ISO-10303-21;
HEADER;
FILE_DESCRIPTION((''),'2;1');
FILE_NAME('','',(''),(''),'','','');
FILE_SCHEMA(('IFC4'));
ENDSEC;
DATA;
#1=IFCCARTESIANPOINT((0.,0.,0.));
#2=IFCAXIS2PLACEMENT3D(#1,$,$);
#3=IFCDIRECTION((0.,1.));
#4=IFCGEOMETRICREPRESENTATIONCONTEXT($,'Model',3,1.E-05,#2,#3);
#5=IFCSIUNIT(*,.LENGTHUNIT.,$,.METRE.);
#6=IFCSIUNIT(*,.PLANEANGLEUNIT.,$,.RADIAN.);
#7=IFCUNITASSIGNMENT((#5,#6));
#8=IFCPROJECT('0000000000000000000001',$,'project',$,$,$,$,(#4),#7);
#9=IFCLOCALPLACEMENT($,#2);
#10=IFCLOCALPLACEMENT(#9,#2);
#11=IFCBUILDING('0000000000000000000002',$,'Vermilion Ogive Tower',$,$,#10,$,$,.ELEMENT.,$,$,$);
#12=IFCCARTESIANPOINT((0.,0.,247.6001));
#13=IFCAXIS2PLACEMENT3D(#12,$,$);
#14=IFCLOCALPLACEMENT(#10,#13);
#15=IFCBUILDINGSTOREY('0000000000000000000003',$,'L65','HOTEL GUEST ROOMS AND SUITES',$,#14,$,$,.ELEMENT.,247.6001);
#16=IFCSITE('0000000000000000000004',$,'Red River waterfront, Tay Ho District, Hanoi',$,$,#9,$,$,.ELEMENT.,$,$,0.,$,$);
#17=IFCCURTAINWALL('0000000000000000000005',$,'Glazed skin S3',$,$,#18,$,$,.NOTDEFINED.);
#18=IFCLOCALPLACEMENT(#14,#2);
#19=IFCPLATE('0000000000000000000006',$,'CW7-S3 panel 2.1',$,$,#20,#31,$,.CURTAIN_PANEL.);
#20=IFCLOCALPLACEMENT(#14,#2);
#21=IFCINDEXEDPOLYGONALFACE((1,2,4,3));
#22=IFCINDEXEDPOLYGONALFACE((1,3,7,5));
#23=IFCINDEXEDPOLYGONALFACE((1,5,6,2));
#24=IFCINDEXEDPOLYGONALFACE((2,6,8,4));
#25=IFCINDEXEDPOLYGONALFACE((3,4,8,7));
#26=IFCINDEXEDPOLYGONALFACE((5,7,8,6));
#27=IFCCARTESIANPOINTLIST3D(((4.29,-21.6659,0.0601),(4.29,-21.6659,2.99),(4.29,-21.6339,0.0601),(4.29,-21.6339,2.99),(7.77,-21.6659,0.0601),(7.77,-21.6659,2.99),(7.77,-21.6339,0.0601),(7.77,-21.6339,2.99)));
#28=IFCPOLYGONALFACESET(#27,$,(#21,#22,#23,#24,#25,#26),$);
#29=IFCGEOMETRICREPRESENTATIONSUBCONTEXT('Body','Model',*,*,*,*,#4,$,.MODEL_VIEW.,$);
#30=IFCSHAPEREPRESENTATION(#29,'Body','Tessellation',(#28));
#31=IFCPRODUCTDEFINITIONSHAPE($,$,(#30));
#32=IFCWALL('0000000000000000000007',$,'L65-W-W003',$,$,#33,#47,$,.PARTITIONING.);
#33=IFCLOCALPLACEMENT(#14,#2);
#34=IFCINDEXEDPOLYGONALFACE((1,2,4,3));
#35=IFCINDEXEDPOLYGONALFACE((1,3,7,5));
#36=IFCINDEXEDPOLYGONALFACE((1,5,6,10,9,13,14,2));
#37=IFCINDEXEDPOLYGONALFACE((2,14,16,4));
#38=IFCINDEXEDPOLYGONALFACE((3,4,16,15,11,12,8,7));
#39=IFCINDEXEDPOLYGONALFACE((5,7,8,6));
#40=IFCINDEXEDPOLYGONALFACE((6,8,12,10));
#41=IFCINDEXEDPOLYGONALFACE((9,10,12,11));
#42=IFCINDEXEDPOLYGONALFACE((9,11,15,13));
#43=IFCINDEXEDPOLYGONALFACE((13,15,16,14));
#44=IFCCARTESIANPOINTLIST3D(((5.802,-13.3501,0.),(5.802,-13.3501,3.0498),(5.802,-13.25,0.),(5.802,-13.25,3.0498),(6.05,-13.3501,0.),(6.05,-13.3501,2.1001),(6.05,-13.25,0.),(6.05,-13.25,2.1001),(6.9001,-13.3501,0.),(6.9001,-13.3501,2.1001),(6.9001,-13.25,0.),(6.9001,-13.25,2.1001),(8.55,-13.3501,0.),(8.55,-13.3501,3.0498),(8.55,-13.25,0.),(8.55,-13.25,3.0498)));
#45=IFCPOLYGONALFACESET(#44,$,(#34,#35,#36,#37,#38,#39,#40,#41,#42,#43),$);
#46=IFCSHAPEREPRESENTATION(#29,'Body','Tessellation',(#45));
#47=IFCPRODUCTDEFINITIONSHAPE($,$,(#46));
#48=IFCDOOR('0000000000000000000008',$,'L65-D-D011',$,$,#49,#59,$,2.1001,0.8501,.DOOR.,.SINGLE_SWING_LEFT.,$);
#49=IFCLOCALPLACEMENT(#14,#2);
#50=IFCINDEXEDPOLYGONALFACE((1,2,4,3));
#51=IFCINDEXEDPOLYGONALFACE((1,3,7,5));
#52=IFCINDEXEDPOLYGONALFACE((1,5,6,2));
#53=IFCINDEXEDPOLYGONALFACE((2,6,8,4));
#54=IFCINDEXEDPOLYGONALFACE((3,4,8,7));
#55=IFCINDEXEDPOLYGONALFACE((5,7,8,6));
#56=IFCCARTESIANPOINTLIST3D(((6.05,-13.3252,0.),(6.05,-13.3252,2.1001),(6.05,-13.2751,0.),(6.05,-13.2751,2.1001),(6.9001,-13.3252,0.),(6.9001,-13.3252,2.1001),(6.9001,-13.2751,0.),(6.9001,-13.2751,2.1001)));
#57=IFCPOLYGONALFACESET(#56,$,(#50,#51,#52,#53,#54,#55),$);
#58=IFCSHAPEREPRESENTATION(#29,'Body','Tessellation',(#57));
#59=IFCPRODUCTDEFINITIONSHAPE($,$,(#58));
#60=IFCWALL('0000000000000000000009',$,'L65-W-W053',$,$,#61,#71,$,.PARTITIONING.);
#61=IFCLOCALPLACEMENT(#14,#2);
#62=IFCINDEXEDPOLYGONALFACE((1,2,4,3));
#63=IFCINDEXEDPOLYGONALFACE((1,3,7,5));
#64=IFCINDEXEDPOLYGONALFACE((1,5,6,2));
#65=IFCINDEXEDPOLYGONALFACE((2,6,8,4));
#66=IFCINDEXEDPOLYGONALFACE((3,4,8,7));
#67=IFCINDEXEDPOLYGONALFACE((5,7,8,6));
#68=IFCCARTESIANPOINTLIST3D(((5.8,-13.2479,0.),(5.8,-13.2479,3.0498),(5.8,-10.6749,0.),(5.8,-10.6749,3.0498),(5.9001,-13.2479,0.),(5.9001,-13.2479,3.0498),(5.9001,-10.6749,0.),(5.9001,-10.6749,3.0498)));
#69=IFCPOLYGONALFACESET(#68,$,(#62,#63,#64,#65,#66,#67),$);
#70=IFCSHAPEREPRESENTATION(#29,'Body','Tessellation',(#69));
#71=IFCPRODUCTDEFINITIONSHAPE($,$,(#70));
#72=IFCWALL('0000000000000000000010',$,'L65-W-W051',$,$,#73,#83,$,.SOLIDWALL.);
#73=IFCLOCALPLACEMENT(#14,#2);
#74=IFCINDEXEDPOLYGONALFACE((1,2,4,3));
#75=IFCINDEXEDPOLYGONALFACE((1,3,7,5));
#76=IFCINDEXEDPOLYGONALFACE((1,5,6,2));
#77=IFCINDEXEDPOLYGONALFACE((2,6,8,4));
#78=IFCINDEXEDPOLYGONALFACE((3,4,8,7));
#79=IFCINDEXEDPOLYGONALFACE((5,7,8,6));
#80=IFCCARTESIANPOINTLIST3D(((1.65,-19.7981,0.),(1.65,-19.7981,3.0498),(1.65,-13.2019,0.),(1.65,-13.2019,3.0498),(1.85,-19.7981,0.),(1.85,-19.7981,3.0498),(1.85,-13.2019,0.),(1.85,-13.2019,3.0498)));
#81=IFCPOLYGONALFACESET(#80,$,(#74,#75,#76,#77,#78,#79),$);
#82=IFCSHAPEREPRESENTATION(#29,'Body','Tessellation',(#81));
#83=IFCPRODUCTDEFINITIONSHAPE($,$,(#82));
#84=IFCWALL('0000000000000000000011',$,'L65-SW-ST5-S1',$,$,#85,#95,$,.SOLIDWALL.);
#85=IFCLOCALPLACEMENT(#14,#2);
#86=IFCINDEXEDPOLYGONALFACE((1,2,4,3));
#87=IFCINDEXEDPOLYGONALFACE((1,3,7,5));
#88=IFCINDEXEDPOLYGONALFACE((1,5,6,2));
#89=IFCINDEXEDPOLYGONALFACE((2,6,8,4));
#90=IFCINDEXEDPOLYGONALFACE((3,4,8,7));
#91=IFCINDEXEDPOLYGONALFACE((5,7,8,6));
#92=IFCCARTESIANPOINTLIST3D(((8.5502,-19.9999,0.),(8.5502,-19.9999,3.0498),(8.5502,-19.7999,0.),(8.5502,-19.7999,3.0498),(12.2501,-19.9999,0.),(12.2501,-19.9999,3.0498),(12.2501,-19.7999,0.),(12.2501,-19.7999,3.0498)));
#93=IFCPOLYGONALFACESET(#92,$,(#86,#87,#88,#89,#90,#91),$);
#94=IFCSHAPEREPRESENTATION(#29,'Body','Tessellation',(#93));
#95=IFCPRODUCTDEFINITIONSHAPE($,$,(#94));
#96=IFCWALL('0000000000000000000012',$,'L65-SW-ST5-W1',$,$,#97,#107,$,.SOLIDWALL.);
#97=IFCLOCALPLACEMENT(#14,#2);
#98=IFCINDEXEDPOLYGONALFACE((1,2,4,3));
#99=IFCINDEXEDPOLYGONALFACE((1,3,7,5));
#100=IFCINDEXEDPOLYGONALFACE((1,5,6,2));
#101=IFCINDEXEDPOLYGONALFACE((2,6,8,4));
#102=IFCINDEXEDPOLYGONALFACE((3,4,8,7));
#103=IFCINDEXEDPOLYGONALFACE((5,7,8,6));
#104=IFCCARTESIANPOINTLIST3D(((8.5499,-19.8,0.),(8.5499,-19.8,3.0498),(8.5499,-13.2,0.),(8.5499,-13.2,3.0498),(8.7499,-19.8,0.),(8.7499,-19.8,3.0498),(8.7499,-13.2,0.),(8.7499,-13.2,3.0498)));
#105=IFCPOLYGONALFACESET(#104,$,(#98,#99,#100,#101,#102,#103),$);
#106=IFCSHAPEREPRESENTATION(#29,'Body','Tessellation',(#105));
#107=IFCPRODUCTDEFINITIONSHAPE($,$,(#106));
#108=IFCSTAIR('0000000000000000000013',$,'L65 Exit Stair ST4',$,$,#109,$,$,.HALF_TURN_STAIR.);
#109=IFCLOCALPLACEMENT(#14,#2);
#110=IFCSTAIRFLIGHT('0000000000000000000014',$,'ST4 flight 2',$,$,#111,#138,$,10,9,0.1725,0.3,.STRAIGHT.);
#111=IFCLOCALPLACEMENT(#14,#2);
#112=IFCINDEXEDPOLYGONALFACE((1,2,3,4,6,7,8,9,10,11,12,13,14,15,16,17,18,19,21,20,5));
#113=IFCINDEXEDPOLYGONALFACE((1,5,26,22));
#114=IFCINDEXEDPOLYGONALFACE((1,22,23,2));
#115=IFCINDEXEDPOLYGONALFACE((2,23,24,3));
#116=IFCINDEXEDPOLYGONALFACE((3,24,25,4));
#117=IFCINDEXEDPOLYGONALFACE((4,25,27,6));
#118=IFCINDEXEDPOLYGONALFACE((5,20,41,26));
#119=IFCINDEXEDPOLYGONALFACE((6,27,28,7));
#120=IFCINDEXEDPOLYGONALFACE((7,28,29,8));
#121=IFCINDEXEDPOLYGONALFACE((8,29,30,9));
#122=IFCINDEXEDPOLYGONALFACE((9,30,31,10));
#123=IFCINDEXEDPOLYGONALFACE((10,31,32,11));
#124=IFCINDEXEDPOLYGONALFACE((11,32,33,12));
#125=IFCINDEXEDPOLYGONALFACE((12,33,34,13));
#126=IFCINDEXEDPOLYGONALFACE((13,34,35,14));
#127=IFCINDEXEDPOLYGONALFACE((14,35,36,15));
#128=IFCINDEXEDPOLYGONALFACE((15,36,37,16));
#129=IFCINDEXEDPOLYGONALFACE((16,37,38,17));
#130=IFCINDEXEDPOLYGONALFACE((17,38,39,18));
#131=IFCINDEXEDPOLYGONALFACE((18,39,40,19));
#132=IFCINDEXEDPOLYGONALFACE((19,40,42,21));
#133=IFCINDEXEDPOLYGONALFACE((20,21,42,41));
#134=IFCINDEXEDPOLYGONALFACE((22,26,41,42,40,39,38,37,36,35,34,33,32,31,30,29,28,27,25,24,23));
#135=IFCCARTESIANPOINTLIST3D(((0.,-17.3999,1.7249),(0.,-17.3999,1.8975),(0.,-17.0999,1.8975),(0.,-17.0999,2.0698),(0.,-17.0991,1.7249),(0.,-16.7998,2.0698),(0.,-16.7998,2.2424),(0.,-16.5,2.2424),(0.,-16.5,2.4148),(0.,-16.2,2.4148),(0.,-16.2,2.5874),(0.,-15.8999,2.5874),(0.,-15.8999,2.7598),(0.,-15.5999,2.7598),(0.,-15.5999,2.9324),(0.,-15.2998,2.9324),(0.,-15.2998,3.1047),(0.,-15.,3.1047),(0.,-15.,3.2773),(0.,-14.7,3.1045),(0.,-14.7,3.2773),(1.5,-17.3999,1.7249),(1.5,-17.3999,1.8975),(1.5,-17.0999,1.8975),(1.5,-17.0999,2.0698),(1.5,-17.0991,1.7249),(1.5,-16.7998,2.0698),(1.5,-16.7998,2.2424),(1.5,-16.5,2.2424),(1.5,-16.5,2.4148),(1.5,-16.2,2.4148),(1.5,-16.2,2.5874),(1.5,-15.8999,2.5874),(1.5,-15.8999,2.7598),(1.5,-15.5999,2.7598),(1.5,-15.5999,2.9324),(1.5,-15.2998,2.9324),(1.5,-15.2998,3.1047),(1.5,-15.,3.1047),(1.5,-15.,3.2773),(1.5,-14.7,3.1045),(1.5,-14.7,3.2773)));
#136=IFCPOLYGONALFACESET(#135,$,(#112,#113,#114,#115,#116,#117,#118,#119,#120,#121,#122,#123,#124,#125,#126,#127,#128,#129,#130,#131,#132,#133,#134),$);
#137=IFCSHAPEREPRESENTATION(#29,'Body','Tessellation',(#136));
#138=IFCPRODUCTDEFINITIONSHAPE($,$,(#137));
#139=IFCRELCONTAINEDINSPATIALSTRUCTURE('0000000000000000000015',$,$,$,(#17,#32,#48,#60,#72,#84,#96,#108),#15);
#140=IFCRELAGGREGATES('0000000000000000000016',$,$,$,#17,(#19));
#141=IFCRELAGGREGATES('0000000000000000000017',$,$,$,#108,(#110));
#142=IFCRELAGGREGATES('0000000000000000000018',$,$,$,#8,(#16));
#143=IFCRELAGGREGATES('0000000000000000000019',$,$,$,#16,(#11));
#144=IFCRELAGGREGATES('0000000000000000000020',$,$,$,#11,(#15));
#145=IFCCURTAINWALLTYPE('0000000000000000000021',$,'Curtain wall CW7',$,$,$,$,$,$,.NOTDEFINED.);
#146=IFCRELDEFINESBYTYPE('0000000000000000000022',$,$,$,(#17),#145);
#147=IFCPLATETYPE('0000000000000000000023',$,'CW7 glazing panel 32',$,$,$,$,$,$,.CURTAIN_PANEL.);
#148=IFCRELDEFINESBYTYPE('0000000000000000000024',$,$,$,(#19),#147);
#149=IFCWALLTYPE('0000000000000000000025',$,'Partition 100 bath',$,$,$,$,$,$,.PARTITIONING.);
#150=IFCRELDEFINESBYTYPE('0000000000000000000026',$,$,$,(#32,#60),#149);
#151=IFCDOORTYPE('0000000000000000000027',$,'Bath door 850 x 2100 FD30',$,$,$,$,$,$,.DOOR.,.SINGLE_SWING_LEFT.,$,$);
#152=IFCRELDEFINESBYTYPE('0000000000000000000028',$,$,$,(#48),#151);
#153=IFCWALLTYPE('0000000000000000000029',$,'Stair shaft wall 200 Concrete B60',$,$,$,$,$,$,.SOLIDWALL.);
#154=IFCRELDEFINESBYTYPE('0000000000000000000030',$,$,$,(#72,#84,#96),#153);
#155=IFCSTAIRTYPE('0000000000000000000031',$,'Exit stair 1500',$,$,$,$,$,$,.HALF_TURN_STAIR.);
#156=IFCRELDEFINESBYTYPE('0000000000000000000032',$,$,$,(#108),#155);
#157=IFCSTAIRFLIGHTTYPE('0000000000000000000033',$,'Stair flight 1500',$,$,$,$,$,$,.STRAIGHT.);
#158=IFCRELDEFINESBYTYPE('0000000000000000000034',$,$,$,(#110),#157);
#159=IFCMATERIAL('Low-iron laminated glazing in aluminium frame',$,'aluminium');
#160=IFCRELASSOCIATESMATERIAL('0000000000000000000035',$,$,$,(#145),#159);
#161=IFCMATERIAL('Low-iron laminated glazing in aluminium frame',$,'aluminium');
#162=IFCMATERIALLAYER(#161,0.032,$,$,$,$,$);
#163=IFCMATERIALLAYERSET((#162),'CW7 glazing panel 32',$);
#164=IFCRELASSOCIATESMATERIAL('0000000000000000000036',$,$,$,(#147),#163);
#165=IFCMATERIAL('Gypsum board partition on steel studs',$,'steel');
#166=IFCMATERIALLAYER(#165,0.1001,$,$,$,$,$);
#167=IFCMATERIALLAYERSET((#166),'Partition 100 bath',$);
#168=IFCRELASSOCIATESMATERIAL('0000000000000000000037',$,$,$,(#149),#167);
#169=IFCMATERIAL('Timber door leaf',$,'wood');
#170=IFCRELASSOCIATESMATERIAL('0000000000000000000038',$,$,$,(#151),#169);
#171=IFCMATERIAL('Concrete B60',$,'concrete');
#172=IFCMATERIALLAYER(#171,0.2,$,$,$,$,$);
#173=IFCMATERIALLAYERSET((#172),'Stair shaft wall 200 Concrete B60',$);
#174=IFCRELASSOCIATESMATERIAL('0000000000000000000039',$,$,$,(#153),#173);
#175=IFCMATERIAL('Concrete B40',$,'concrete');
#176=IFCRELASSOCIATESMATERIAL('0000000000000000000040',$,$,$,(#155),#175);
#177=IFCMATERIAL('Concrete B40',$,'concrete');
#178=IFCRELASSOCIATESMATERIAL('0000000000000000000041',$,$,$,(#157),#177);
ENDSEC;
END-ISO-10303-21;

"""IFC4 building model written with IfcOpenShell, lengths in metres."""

from ifc_helpers import new_model, si_unit, direction, frame, frame_2d, origin, origin_2d, place, context, subcontext, project, spatial, polyline, rectangle, outline, extrude, material, layer, layer_set, type_object, element, fill, aggregate, save


model = new_model("IFC4")

# Units and contexts
model_context = context("Model", 3, precision=1e-05, world=origin(), true_north=direction((0.0, 1.0)))
body_context = subcontext(model_context, "Body", "Model", "MODEL_VIEW")
ifc_project = project(units=[si_unit("LENGTHUNIT", "METRE"), si_unit("PLANEANGLEUNIT", "RADIAN")], contexts=[model_context])

# Site, building, storey
site_placement = place(None, origin())
site = spatial("IfcSite", under=ifc_project, at=site_placement, Name="Red River waterfront, Tay Ho District, Hanoi", CompositionType="ELEMENT", RefElevation=0.0)
building_placement = place(site_placement, origin())
building = spatial("IfcBuilding", under=site, at=building_placement, Name="Vermilion Ogive Tower", CompositionType="ELEMENT")
storey_placement = place(building_placement, frame((0.0, 0.0, 247.6001)))
storey = spatial("IfcBuildingStorey", under=building, at=storey_placement, Name="L65", Description="HOTEL GUEST ROOMS AND SUITES", CompositionType="ELEMENT", Elevation=247.6001)

# Curtain wall
ifc_material_1 = material(Name="Low-iron laminated glazing in aluminium frame", Category="aluminium")
curtain_wall_type = type_object("IfcCurtainWallType", Name="Curtain wall CW7", PredefinedType="NOTDEFINED", material=ifc_material_1)
curtain_wall_1_placement = place(storey_placement, origin())
curtain_wall_1 = element("IfcCurtainWall", 1, at=curtain_wall_1_placement, inside=storey, type_object=curtain_wall_type, Name="Glazed skin S3", PredefinedType="NOTDEFINED")

# Plate
ifc_material_2 = material(Name="Low-iron laminated glazing in aluminium frame", Category="aluminium")
ifc_layer_1 = layer(ifc_material_2, 0.032)
ifc_layer_set_1 = layer_set([ifc_layer_1], Name="CW7 glazing panel 32")
plate_type = type_object("IfcPlateType", Name="CW7 glazing panel 32", PredefinedType="CURTAIN_PANEL", material=ifc_layer_set_1)
plate_1_placement = place(storey_placement, frame((6.03, -21.6499, 0.0601), z_axis=(0.0, 0.0, 1.0), x_axis=(1.0, 0.0, 0.0)))
plate_1 = element("IfcPlate", 2, at=plate_1_placement, type_object=plate_type, Name="CW7-S3 panel 2.1", PredefinedType="CURTAIN_PANEL", context=body_context, shape_type="SweptSolid", body=[
    extrude(rectangle(XDim=3.48, YDim=0.032, at=origin_2d()), origin(), (0.0, 0.0, 1.0), 2.9299),
])
aggregate(curtain_wall_1, [plate_1])

# Wall, opening, door
ifc_material_3 = material(Name="Gypsum board partition on steel studs", Category="steel")
ifc_layer_2 = layer(ifc_material_3, 0.1001)
ifc_layer_set_2 = layer_set([ifc_layer_2], Name="Partition 100 bath")
wall_type_1 = type_object("IfcWallType", Name="Partition 100 bath", PredefinedType="PARTITIONING", material=ifc_layer_set_2)
wall_1_placement = place(storey_placement, frame((5.802, -13.3, 0.0), z_axis=(0.0, 0.0, 1.0), x_axis=(1.0, 0.0, 0.0)))
wall_1 = element("IfcWall", 3, at=wall_1_placement, inside=storey, type_object=wall_type_1, Name="L65-W-W003", PredefinedType="PARTITIONING", context=body_context, shape_type="SweptSolid", body=[
    extrude(rectangle(XDim=2.748, YDim=0.1001, at=frame_2d((1.374, 0.0))), origin(), (0.0, 0.0, 1.0), 3.0498),
])
opening_placement = place(wall_1_placement, frame((0.248, 0.0, 0.0)))
opening = element("IfcOpeningElement", 4, at=opening_placement, cuts=wall_1, PredefinedType="OPENING", context=body_context, shape_type="SweptSolid", body=[
    extrude(rectangle(XDim=0.8501, YDim=2.1001, at=frame_2d((0.425, 1.05))), frame((0.0, 0.0601, 0.0), z_axis=(0.0, -1.0, 0.0), x_axis=(1.0, 0.0, 0.0)), (0.0, 0.0, 1.0), 0.1201),
])
ifc_material_4 = material(Name="Timber door leaf", Category="wood")
door_type = type_object("IfcDoorType", Name="Bath door 850 x 2100 FD30", OperationType="SINGLE_SWING_LEFT", PredefinedType="DOOR", material=ifc_material_4)
door_placement = place(opening_placement, origin())
door = element("IfcDoor", 5, at=door_placement, inside=storey, type_object=door_type, Name="L65-D-D011", OperationType="SINGLE_SWING_LEFT", OverallHeight=2.1001, OverallWidth=0.8501, PredefinedType="DOOR", context=body_context, shape_type="SweptSolid", body=[
    extrude(rectangle(XDim=0.8501, YDim=2.1001, at=frame_2d((0.425, 1.05))), frame((0.0, 0.0249, 0.0), z_axis=(0.0, -1.0, 0.0), x_axis=(1.0, 0.0, 0.0)), (0.0, 0.0, 1.0), 0.05),
])
fill(opening, door)

# Walls
wall_2_placement = place(storey_placement, frame((5.8501, -13.248, 0.0), z_axis=(0.0, 0.0, 1.0), x_axis=(0.0, 1.0, 0.0)))
element("IfcWall", 6, at=wall_2_placement, inside=storey, type_object=wall_type_1, Name="L65-W-W053", PredefinedType="PARTITIONING", context=body_context, shape_type="SweptSolid", body=[
    extrude(rectangle(XDim=2.573, YDim=0.1001, at=frame_2d((1.2866, 0.0))), origin(), (0.0, 0.0, 1.0), 3.0498),
])
ifc_material_5 = material(Name="Concrete B60", Category="concrete")
ifc_layer_3 = layer(ifc_material_5, 0.2)
ifc_layer_set_3 = layer_set([ifc_layer_3], Name="Stair shaft wall 200 Concrete B60")
wall_type_2 = type_object("IfcWallType", Name="Stair shaft wall 200 Concrete B60", PredefinedType="SOLIDWALL", material=ifc_layer_set_3)
wall_3_placement = place(storey_placement, frame((1.75, -19.7981, 0.0), z_axis=(0.0, 0.0, 1.0), x_axis=(0.0, 1.0, 0.0)))
element("IfcWall", 7, at=wall_3_placement, inside=storey, type_object=wall_type_2, Name="L65-W-W051", PredefinedType="SOLIDWALL", context=body_context, shape_type="SweptSolid", body=[
    extrude(rectangle(XDim=6.5962, YDim=0.2, at=frame_2d((3.2981, 0.0))), origin(), (0.0, 0.0, 1.0), 3.0498),
])
wall_4_placement = place(storey_placement, frame((8.55, -19.8999, 0.0), z_axis=(0.0, 0.0, 1.0), x_axis=(1.0, 0.0, 0.0)))
element("IfcWall", 8, at=wall_4_placement, inside=storey, type_object=wall_type_2, Name="L65-SW-ST5-S1", PredefinedType="SOLIDWALL", context=body_context, shape_type="SweptSolid", body=[
    extrude(rectangle(XDim=3.7, YDim=0.2, at=frame_2d((1.8501, 0.0))), origin(), (0.0, 0.0, 1.0), 3.0498),
])
wall_5_placement = place(storey_placement, frame((8.6499, -19.8, 0.0), z_axis=(0.0, 0.0, 1.0), x_axis=(0.0, 1.0, 0.0)))
element("IfcWall", 9, at=wall_5_placement, inside=storey, type_object=wall_type_2, Name="L65-SW-ST5-W1", PredefinedType="SOLIDWALL", context=body_context, shape_type="SweptSolid", body=[
    extrude(rectangle(XDim=6.6001, YDim=0.2, at=frame_2d((3.3, 0.0))), origin(), (0.0, 0.0, 1.0), 3.0498),
])

# Stair, stair flight
ifc_material_6 = material(Name="Concrete B40", Category="concrete")
stair_type = type_object("IfcStairType", Name="Exit stair 1500", PredefinedType="HALF_TURN_STAIR", material=ifc_material_6)
stair_placement = place(storey_placement, origin())
stair = element("IfcStair", 10, at=stair_placement, inside=storey, type_object=stair_type, Name="L65 Exit Stair ST4", PredefinedType="HALF_TURN_STAIR")
ifc_material_7 = material(Name="Concrete B40", Category="concrete")
stair_flight_type = type_object("IfcStairFlightType", Name="Stair flight 1500", PredefinedType="STRAIGHT", material=ifc_material_7)
stair_flight_placement = place(storey_placement, frame((0.75, -17.3999, 1.7249), z_axis=(0.0, 0.0, 1.0), x_axis=(0.0, 1.0, 0.0)))
stair_flight = element("IfcStairFlight", 11, at=stair_flight_placement, type_object=stair_flight_type, Name="ST4 flight 2", NumberOfRisers=10, NumberOfTreads=9, PredefinedType="STRAIGHT", RiserHeight=0.1725, TreadLength=0.3, context=body_context, shape_type="SweptSolid", body=[
    extrude(outline(polyline([(0.0, 0.0), (0.0, 0.1726), (0.3, 0.1726), (0.3, 0.345), (0.6001, 0.345), (0.6001, 0.5176), (0.8999, 0.5176), (0.8999, 0.6899), (1.2, 0.6899), (1.2, 0.8625), (1.5, 0.8625), (1.5, 1.0349), (1.8, 1.0349), (1.8, 1.2075), (2.1001, 1.2075), (2.1001, 1.3799), (2.3999, 1.3799), (2.3999, 1.5525), (2.7, 1.5525), (2.7, 1.7251), (2.7, 1.3796), (0.3008, 0.0), (0.0, 0.0)])), frame((0.0, 0.75, 0.0), z_axis=(0.0, -1.0, 0.0), x_axis=(1.0, 0.0, 0.0)), (0.0, 0.0, 1.0), 1.5),
])
aggregate(stair, [stair_flight])

save(model, "model.ifc")
